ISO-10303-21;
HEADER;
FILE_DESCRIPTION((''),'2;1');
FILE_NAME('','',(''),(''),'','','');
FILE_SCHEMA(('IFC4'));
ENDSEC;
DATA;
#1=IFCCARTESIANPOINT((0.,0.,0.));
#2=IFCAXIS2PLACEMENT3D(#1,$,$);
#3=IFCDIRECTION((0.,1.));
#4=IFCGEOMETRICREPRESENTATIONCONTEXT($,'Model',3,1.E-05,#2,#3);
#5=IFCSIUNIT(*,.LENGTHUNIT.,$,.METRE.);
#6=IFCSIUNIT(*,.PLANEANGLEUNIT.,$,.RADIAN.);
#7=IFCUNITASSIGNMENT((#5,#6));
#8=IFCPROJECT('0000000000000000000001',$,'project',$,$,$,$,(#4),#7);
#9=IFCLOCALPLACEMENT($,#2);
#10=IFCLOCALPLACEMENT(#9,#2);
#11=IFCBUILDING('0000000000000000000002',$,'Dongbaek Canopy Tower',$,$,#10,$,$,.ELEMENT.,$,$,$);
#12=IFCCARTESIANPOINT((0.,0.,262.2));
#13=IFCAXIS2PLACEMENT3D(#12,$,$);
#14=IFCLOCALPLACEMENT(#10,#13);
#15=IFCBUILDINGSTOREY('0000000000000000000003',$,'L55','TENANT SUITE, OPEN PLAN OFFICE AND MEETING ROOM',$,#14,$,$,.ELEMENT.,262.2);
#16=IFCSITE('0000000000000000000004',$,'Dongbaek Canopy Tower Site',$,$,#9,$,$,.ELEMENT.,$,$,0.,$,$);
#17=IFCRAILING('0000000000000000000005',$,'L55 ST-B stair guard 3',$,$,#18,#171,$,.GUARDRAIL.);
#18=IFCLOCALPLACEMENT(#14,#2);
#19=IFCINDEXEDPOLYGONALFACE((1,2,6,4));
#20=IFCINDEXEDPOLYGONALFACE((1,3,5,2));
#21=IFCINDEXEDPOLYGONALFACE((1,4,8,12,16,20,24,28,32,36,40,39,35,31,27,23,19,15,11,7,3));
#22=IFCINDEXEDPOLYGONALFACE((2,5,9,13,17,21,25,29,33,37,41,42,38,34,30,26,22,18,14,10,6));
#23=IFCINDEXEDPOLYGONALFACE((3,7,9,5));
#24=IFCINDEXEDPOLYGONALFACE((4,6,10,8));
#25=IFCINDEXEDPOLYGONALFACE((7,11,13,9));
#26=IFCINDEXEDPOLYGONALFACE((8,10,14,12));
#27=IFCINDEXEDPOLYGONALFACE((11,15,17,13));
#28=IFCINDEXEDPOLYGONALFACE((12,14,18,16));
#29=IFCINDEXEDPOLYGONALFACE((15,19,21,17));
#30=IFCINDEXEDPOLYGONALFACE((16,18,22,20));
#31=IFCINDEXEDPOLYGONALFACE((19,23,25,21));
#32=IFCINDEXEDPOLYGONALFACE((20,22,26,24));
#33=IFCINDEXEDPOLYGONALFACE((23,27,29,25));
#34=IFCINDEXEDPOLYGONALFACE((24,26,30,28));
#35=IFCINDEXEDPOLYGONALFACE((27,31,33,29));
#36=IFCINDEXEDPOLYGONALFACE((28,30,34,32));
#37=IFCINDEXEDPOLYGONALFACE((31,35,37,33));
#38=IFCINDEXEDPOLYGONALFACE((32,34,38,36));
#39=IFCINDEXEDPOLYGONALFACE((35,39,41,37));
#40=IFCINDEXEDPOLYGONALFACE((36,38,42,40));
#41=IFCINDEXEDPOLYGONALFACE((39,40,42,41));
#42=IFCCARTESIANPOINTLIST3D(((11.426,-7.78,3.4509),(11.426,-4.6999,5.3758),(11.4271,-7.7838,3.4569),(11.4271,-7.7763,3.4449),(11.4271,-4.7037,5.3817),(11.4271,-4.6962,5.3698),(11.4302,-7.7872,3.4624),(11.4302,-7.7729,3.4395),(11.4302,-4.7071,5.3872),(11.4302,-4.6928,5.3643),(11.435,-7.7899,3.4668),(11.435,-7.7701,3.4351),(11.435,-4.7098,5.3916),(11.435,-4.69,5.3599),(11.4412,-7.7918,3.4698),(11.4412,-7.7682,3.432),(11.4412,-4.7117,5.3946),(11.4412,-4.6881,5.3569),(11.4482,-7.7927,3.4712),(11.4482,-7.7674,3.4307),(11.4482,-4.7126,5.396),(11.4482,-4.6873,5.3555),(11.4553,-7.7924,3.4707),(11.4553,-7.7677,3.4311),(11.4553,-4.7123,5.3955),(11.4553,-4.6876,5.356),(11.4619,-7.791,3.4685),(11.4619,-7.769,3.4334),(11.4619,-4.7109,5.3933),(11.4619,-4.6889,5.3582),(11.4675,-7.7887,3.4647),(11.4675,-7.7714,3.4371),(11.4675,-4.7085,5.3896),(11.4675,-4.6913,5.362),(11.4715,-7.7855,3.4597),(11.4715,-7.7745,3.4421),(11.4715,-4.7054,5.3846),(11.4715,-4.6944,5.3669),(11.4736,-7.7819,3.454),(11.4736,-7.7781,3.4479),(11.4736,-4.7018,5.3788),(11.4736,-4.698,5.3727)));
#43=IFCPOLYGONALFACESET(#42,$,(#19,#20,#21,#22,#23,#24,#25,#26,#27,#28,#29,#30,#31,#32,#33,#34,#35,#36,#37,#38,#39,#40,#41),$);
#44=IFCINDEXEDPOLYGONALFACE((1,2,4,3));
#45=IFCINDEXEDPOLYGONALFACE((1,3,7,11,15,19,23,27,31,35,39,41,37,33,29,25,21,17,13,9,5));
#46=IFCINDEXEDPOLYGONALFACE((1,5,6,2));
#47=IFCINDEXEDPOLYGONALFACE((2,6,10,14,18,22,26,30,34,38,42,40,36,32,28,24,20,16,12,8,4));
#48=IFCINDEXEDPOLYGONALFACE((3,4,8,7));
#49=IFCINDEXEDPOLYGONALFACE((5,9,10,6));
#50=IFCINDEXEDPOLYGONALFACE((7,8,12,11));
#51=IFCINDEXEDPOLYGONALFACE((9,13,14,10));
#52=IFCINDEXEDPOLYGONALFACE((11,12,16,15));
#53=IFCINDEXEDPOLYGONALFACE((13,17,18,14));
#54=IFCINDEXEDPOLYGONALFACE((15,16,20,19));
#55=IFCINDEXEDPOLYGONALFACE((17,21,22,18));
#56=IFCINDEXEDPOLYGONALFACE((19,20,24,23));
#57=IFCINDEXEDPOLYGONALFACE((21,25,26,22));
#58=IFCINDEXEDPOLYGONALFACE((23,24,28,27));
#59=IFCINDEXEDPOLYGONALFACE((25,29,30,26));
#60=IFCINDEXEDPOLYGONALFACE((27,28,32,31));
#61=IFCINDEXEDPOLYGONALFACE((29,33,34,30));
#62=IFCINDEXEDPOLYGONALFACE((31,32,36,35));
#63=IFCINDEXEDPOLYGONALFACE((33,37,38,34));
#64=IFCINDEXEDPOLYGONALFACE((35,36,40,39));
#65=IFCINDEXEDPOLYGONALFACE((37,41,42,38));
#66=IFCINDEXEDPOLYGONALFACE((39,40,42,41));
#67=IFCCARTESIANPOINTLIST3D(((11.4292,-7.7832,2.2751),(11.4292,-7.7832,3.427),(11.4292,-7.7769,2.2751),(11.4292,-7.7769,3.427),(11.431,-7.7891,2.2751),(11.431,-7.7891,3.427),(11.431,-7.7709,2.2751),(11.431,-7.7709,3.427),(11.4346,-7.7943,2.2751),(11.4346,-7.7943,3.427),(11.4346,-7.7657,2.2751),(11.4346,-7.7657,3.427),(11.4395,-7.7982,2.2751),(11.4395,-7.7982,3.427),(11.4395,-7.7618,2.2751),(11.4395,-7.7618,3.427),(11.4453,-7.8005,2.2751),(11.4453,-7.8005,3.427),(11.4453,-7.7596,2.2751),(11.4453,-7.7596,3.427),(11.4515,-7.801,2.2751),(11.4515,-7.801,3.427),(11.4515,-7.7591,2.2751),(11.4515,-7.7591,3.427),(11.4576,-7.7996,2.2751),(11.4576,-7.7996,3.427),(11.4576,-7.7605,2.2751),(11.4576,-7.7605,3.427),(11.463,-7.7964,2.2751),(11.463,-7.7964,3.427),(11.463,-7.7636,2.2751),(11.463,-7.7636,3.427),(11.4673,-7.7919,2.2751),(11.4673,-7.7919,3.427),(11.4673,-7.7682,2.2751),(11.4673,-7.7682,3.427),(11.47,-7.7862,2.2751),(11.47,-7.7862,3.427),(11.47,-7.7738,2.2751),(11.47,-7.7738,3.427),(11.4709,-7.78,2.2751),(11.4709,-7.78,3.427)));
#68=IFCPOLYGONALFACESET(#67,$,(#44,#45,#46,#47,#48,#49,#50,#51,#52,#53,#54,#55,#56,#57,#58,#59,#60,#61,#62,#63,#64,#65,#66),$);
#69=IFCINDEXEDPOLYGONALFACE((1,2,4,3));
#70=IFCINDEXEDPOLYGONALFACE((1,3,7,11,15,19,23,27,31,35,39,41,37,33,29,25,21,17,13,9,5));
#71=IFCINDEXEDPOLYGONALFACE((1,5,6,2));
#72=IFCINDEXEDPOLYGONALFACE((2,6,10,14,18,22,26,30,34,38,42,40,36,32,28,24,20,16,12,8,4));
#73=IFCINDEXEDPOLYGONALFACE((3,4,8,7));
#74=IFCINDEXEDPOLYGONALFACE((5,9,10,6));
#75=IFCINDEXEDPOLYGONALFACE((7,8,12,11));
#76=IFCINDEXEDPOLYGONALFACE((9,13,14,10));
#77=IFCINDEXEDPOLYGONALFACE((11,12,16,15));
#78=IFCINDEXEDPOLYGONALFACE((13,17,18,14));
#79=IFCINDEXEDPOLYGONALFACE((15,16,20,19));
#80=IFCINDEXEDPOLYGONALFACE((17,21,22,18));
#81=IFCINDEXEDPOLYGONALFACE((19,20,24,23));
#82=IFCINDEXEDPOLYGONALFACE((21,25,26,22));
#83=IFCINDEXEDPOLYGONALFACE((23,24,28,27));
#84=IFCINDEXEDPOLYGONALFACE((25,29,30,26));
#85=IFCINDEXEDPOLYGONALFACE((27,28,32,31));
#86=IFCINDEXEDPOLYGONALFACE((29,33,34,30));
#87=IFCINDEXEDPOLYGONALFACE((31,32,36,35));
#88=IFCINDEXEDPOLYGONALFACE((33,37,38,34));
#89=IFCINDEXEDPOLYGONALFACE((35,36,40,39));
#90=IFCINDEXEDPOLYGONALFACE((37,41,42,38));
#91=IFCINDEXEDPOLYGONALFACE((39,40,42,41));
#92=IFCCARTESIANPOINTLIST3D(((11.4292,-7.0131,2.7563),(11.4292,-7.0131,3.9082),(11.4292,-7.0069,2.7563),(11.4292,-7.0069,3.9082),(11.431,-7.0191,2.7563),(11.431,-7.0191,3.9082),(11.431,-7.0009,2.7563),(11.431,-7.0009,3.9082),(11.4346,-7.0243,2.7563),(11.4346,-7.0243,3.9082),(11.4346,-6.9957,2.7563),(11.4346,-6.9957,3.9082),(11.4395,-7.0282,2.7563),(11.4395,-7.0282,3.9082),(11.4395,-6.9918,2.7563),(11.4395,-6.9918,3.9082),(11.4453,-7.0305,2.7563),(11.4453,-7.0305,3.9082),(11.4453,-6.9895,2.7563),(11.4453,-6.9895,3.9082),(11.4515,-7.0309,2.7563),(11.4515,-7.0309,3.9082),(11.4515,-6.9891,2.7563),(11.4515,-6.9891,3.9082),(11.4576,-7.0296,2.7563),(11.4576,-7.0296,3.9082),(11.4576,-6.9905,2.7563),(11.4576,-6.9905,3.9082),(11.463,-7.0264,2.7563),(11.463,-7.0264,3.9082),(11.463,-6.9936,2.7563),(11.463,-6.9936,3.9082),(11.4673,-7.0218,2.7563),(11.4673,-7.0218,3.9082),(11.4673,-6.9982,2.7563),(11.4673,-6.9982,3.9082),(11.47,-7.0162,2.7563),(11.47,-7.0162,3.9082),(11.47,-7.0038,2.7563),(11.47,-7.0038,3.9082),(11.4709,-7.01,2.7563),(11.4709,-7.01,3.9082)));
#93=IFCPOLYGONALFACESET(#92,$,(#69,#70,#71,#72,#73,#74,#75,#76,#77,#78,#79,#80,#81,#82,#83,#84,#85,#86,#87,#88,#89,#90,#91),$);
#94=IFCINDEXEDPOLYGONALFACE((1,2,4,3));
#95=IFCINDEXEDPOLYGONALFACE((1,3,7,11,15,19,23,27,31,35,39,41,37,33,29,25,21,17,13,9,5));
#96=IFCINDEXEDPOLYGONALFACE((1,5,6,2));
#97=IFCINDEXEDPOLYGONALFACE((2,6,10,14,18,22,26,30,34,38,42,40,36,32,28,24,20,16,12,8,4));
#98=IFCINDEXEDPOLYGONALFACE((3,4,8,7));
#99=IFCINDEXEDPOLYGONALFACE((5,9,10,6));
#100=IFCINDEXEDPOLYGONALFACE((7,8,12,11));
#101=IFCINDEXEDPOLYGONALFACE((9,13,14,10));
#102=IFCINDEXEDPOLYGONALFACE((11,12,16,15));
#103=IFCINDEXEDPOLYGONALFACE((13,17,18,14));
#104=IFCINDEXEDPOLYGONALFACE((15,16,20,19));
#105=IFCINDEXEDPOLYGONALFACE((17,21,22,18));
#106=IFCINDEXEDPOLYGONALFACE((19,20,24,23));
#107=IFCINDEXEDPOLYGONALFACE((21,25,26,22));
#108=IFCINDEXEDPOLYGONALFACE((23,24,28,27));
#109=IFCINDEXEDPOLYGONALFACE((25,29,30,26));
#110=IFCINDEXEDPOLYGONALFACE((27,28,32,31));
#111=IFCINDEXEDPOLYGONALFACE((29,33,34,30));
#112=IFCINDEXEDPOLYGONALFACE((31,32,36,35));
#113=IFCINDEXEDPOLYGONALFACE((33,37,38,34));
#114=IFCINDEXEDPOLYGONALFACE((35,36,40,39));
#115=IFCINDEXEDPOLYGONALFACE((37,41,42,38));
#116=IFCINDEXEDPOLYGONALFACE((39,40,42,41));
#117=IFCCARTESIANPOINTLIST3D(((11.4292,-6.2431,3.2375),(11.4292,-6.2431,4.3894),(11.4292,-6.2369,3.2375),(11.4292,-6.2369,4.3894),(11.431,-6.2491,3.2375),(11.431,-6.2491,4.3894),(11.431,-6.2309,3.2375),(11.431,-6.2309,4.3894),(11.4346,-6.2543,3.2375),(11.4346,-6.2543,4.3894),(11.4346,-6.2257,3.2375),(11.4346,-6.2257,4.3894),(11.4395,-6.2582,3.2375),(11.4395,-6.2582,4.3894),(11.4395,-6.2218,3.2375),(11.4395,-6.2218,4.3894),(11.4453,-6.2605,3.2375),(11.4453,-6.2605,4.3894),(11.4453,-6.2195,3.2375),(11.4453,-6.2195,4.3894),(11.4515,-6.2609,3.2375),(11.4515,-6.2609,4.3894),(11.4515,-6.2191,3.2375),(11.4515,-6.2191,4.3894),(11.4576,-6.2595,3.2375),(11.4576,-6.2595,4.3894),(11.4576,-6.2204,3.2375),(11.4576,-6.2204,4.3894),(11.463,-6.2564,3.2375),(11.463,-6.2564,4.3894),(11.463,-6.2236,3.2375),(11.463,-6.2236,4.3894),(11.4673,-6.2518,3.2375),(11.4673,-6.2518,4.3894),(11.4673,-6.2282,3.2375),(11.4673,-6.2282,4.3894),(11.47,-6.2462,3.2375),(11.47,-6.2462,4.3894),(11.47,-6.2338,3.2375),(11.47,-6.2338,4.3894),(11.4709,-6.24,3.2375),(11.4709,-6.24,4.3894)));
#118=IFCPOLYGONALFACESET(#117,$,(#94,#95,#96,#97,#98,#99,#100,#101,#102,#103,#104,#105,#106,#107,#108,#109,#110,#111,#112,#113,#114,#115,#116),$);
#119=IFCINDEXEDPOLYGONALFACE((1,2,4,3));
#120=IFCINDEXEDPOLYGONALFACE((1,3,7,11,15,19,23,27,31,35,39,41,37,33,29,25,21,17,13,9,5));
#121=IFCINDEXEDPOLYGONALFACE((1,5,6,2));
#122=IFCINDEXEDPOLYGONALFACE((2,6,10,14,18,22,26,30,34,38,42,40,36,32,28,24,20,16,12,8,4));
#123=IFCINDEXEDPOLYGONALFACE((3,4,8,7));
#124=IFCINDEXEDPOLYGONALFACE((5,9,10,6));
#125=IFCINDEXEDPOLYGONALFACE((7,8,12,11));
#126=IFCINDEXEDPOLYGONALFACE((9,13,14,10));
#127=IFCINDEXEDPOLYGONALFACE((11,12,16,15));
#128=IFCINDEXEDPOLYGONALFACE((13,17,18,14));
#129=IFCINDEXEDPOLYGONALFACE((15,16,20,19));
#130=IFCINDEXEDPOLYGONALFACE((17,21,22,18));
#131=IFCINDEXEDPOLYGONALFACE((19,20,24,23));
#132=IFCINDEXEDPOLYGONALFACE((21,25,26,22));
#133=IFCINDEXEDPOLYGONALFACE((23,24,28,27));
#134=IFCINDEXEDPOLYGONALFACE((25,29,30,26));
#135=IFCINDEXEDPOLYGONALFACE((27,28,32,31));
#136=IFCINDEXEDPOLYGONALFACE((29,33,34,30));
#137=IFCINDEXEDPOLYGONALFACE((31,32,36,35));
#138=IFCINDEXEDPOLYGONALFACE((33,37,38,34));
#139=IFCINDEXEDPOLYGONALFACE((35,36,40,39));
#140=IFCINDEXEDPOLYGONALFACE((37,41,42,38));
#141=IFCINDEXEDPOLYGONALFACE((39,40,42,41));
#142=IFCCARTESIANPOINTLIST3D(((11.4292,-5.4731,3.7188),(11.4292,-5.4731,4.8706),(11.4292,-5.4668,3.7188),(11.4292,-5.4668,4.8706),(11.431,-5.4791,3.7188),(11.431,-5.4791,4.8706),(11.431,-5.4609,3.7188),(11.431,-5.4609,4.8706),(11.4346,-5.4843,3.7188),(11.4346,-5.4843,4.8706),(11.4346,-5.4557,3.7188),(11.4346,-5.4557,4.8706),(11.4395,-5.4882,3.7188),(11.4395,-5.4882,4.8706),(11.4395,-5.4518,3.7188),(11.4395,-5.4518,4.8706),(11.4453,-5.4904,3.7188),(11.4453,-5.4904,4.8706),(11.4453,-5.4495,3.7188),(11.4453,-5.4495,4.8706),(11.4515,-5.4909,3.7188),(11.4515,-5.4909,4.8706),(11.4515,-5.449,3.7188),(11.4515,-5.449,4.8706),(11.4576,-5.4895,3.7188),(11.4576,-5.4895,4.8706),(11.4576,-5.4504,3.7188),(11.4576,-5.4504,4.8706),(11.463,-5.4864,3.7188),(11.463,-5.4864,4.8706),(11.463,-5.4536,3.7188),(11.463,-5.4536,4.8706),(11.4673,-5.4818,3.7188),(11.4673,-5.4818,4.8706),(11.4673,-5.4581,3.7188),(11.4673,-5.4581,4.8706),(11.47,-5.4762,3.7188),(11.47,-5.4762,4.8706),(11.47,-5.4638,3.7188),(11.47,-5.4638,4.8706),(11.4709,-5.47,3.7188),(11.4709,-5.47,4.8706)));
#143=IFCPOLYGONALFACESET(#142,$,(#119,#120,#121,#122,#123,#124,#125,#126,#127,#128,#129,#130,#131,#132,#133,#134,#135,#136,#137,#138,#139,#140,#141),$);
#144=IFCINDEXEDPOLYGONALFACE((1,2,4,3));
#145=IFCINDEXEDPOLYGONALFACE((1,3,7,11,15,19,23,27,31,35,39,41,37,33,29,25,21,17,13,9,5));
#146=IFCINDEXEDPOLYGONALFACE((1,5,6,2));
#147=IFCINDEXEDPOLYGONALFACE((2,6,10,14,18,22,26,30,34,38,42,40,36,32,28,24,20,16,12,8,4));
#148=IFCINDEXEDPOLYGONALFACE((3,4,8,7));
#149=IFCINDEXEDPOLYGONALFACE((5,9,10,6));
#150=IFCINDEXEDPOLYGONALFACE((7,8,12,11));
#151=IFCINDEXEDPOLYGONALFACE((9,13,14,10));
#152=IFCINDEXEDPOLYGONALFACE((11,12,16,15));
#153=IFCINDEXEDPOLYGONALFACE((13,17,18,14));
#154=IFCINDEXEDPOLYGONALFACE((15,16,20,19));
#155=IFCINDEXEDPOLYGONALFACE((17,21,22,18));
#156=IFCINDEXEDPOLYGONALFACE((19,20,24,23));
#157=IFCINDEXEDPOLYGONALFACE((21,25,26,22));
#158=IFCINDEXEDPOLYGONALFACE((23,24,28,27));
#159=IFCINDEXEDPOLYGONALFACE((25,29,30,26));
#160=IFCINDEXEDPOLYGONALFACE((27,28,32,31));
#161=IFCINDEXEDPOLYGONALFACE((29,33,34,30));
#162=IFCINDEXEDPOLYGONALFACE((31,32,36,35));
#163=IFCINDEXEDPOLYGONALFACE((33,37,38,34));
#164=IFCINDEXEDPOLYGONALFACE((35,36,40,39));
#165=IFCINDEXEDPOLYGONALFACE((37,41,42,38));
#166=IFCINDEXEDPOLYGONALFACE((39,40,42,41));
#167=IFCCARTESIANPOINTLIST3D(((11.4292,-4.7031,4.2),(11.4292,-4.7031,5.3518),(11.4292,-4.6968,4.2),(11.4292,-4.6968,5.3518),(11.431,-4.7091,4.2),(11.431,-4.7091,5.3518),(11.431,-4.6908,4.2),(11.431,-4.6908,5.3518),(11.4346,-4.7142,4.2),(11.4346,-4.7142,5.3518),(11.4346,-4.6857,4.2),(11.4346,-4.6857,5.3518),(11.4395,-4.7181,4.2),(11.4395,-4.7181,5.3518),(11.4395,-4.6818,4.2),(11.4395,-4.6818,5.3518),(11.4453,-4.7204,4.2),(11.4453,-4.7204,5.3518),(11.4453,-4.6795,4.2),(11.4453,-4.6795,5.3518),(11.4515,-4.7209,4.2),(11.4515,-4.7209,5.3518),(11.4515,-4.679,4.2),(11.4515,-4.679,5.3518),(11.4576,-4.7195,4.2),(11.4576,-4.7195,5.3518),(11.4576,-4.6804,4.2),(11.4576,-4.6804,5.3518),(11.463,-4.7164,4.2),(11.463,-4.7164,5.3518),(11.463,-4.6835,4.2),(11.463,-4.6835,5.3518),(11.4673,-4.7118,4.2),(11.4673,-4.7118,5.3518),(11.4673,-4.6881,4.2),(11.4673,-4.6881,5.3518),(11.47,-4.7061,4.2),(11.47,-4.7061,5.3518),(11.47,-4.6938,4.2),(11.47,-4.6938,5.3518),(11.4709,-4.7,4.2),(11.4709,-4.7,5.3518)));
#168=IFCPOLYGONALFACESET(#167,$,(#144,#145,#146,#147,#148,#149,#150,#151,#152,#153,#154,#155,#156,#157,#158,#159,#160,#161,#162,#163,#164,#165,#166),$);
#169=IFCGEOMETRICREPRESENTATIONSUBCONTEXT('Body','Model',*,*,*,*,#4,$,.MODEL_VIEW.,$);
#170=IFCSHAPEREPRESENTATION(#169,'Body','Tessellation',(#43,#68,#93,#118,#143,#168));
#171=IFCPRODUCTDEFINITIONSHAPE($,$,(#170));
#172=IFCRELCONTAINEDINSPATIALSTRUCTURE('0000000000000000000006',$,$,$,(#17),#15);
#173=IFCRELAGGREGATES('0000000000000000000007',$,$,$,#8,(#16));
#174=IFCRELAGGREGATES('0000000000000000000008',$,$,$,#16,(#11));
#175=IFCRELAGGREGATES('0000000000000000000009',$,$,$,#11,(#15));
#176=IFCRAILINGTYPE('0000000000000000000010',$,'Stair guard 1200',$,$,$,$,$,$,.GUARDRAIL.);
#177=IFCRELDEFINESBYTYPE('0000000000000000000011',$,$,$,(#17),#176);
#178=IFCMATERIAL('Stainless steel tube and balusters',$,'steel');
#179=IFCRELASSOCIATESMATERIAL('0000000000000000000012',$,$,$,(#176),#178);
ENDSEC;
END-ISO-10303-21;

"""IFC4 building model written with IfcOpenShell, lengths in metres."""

from ifc_helpers import new_model, si_unit, direction, frame, origin, origin_2d, place, context, subcontext, project, spatial, circle, extrude, material, type_object, element, save


model = new_model("IFC4")

# Units and contexts
model_context = context("Model", 3, precision=1e-05, world=origin(), true_north=direction((0.0, 1.0)))
body_context = subcontext(model_context, "Body", "Model", "MODEL_VIEW")
ifc_project = project(units=[si_unit("LENGTHUNIT", "METRE"), si_unit("PLANEANGLEUNIT", "RADIAN")], contexts=[model_context])

# Site, building, storey
site_placement = place(None, origin())
site = spatial("IfcSite", under=ifc_project, at=site_placement, Name="Dongbaek Canopy Tower Site", CompositionType="ELEMENT", RefElevation=0.0)
building_placement = place(site_placement, origin())
building = spatial("IfcBuilding", under=site, at=building_placement, Name="Dongbaek Canopy Tower", CompositionType="ELEMENT")
storey_placement = place(building_placement, frame((0.0, 0.0, 262.2)))
storey = spatial("IfcBuildingStorey", under=building, at=storey_placement, Name="L55", Description="TENANT SUITE, OPEN PLAN OFFICE AND MEETING ROOM", CompositionType="ELEMENT", Elevation=262.2)

# Railing
ifc_material_1 = material(Name="Stainless steel tube and balusters", Category="steel")
railing_type_1 = type_object("IfcRailingType", Name="Stair guard 1200", PredefinedType="GUARDRAIL", material=ifc_material_1)
railing_1_placement = place(storey_placement, frame((11.45, -7.78, 2.2751)))
element("IfcRailing", 1, at=railing_1_placement, inside=storey, type_object=railing_type_1, Name="L55 ST-B stair guard 3", PredefinedType="GUARDRAIL", context=body_context, shape_type="SweptSolid", body=[
    extrude(circle(Radius=0.0239, at=origin_2d()), frame((0.0, 0.0, 1.1758), z_axis=(0.0, 0.848029, 0.529951), x_axis=(-1.0, 0.0, 0.0)), (0.0, 0.0, 1.0), 3.6321),
    extrude(circle(Radius=0.021, at=origin_2d()), origin(), (0.0, 0.0, 1.0), 1.1519),
    extrude(circle(Radius=0.021, at=origin_2d()), frame((0.0, 0.77, 0.4812)), (0.0, 0.0, 1.0), 1.1519),
    extrude(circle(Radius=0.021, at=origin_2d()), frame((0.0, 1.54, 0.9624)), (0.0, 0.0, 1.0), 1.1519),
    extrude(circle(Radius=0.021, at=origin_2d()), frame((0.0, 2.3101, 1.4436)), (0.0, 0.0, 1.0), 1.1519),
    extrude(circle(Radius=0.021, at=origin_2d()), frame((0.0, 3.0801, 1.9248)), (0.0, 0.0, 1.0), 1.1519),
])

save(model, "model.ifc")
